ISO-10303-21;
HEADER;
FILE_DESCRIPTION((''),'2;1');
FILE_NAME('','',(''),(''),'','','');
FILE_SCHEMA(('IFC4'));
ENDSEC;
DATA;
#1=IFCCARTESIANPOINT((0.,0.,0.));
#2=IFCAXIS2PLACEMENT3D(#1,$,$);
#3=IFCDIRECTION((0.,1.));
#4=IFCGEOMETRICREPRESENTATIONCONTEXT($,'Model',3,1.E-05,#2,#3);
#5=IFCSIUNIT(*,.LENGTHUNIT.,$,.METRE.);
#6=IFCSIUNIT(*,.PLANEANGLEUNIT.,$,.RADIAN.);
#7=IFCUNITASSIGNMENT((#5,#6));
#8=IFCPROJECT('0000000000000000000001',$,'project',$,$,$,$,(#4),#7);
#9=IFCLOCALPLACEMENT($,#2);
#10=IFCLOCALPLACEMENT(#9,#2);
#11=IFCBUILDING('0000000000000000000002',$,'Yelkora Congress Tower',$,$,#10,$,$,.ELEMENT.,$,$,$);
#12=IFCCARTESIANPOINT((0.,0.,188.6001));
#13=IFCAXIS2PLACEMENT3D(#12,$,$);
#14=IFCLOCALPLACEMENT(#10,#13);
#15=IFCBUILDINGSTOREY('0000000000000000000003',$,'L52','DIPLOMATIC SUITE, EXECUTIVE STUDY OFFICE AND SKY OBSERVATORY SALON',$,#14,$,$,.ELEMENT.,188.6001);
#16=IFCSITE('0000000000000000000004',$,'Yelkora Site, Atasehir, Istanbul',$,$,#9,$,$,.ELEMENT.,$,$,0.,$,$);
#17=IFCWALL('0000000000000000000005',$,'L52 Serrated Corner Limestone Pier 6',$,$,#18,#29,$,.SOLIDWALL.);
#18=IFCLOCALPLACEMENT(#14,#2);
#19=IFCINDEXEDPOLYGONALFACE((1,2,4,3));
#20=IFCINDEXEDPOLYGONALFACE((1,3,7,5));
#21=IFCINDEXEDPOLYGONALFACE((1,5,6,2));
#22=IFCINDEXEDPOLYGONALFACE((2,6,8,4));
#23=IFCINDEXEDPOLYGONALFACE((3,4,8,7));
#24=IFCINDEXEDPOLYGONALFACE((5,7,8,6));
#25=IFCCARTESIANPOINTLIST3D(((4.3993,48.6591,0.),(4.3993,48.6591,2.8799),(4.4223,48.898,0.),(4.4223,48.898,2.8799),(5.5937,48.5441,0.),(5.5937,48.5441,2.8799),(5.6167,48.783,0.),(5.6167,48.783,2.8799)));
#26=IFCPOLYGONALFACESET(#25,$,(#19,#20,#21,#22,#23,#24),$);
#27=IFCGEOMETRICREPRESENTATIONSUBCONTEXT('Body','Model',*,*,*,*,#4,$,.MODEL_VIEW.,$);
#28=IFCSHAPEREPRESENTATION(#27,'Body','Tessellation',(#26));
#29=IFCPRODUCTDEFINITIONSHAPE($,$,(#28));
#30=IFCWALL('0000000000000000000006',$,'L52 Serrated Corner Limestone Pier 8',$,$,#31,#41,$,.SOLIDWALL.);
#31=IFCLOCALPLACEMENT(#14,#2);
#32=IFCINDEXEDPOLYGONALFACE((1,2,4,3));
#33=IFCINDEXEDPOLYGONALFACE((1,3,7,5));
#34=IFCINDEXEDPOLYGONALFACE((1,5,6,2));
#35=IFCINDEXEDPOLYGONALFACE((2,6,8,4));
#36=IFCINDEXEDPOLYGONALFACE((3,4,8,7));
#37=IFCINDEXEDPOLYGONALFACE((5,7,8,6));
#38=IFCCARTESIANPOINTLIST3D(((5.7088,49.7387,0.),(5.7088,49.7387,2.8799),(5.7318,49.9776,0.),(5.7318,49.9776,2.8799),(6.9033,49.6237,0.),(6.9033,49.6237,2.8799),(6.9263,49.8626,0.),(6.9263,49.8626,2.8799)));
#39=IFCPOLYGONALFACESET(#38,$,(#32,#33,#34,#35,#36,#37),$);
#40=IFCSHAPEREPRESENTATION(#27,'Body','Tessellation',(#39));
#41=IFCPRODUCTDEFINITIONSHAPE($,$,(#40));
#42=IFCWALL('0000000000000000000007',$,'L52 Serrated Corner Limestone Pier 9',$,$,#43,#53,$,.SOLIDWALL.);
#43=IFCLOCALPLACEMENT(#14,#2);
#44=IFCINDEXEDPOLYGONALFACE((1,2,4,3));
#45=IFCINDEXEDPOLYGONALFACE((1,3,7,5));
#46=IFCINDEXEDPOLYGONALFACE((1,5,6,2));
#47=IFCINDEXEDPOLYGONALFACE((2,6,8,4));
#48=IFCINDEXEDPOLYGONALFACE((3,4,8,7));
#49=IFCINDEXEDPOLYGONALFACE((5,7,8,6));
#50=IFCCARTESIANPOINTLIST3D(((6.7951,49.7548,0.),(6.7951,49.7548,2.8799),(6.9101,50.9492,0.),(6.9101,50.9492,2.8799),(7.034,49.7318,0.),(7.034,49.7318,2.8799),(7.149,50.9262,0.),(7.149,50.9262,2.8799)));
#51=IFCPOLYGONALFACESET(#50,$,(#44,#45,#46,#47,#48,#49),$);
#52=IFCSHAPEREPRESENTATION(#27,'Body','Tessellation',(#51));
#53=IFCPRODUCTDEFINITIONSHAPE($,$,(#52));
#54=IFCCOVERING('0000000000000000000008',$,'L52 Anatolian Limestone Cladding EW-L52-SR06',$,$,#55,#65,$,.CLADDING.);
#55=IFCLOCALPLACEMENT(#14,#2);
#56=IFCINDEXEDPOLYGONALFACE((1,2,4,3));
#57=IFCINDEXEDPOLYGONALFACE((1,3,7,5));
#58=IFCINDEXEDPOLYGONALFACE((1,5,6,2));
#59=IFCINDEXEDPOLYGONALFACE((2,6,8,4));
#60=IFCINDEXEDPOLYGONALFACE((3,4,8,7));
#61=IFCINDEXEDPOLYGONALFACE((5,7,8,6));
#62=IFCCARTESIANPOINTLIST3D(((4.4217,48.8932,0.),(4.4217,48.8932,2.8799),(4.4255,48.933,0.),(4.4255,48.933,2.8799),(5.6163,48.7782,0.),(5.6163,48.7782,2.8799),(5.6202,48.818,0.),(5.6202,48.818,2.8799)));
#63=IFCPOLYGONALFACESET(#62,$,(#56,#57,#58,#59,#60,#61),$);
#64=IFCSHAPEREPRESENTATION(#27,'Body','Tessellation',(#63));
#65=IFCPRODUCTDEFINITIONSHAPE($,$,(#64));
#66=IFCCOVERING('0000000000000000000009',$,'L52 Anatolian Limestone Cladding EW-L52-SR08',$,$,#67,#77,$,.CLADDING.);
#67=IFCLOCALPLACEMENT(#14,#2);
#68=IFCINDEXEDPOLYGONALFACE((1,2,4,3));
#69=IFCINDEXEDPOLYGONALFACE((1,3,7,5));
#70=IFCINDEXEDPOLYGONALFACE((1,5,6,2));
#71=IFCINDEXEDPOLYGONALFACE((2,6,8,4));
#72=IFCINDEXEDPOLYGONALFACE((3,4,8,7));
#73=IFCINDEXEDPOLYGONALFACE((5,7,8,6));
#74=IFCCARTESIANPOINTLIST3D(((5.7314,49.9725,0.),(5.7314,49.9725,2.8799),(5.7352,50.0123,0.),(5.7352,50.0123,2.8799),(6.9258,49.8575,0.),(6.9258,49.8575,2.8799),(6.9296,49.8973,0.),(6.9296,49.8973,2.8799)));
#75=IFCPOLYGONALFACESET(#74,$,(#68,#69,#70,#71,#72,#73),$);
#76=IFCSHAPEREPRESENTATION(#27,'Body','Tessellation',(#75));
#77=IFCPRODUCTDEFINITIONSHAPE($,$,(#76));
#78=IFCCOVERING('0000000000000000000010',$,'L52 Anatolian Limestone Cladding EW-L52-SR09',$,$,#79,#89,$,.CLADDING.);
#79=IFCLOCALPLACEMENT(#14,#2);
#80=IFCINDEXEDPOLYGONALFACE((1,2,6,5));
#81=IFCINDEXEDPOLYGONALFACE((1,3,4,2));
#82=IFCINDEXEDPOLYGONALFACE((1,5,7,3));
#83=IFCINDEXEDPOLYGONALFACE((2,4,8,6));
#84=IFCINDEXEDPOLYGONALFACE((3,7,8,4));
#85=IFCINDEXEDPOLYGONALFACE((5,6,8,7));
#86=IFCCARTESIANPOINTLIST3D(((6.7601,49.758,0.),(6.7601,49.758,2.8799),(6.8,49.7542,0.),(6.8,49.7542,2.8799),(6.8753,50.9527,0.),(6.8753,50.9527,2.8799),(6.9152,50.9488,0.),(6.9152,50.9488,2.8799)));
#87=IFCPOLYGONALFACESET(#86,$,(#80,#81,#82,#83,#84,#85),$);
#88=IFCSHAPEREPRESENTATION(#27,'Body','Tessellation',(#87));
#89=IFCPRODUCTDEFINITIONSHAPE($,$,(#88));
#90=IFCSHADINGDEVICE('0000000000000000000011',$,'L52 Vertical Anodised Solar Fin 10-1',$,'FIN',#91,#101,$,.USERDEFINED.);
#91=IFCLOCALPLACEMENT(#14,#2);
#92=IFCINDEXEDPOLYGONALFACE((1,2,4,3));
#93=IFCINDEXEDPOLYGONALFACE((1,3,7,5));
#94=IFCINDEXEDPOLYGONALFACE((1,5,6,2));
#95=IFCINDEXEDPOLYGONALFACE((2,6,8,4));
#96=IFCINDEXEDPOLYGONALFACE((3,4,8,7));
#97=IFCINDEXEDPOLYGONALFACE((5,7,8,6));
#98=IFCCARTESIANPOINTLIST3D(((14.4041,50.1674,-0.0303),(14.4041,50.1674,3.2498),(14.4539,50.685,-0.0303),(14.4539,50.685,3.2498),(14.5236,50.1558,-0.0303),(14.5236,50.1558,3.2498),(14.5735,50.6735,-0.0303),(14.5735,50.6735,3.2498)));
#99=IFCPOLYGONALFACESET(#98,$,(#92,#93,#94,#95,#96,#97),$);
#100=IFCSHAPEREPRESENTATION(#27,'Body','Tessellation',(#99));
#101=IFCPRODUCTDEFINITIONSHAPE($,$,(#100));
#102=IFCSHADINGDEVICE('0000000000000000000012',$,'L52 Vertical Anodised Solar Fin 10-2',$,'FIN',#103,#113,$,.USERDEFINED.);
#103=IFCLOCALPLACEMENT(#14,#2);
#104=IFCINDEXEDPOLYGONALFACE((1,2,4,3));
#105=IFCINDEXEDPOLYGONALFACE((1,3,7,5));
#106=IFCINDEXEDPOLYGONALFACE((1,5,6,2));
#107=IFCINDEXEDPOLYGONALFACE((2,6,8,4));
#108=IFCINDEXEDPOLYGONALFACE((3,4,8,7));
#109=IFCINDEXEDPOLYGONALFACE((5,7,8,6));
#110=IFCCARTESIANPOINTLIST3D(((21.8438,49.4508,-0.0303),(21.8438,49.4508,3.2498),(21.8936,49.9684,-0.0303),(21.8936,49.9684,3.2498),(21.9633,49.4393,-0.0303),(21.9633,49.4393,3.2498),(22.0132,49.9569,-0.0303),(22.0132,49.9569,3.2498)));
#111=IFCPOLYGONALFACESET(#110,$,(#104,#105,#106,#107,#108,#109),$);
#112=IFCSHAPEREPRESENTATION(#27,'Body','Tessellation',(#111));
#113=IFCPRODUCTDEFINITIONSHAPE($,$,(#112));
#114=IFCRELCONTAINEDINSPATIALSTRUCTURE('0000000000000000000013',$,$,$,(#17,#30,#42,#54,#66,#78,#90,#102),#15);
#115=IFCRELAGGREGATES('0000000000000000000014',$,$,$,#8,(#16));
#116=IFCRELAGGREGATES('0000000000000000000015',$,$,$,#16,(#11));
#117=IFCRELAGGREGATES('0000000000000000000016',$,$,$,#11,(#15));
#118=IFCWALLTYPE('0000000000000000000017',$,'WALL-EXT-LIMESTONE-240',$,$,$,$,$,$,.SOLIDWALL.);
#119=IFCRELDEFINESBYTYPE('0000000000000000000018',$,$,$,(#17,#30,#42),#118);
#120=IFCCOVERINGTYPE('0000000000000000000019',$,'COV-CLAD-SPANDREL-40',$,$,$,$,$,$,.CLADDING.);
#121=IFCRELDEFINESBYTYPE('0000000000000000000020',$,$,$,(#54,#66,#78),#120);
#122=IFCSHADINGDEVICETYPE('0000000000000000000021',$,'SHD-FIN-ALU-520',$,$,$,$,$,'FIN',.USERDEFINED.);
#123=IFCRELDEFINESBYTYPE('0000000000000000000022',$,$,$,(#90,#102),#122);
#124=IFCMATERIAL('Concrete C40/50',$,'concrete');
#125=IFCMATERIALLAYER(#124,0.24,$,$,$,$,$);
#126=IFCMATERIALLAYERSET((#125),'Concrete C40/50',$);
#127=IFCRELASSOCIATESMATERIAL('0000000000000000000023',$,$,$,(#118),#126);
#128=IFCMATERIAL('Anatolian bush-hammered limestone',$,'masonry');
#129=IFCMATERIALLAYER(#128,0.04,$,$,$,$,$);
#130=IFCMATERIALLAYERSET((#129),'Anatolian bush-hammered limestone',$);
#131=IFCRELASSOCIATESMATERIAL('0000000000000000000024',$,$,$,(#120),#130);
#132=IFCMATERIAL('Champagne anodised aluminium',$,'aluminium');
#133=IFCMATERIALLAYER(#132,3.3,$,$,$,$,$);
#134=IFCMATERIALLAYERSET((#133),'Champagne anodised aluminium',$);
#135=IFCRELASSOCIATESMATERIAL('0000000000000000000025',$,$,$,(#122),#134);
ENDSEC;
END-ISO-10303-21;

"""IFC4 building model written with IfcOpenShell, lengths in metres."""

from ifc_helpers import new_model, si_unit, direction, frame, frame_2d, origin, origin_2d, place, context, subcontext, project, spatial, rectangle, extrude, material, layer, layer_set, type_object, element, save


model = new_model("IFC4")

# Units and contexts
model_context = context("Model", 3, precision=1e-05, world=origin(), true_north=direction((0.0, 1.0)))
body_context = subcontext(model_context, "Body", "Model", "MODEL_VIEW")
ifc_project = project(units=[si_unit("LENGTHUNIT", "METRE"), si_unit("PLANEANGLEUNIT", "RADIAN")], contexts=[model_context])

# Site, building, storey
site_placement = place(None, origin())
site = spatial("IfcSite", under=ifc_project, at=site_placement, Name="Yelkora Site, Atasehir, Istanbul", CompositionType="ELEMENT", RefElevation=0.0)
building_placement = place(site_placement, origin())
building = spatial("IfcBuilding", under=site, at=building_placement, Name="Yelkora Congress Tower", CompositionType="ELEMENT")
storey_placement = place(building_placement, frame((0.0, 0.0, 188.6001)))
storey = spatial("IfcBuildingStorey", under=building, at=storey_placement, Name="L52", Description="DIPLOMATIC SUITE, EXECUTIVE STUDY OFFICE AND SKY OBSERVATORY SALON", CompositionType="ELEMENT", Elevation=188.6001)

# Walls
ifc_material_1 = material(Name="Concrete C40/50", Category="concrete")
ifc_layer_1 = layer(ifc_material_1, 0.24)
ifc_layer_set_1 = layer_set([ifc_layer_1], Name="Concrete C40/50")
wall_type = type_object("IfcWallType", Name="WALL-EXT-LIMESTONE-240", PredefinedType="SOLIDWALL", material=ifc_layer_set_1)
for number, where, z_axis, x_axis, name in (
    (1, (4.4106, 48.7786, 0.0), (0.0, 0.0, 1.0), (0.995397, -0.095836, 0.0), "L52 Serrated Corner Limestone Pier 6"),
    (2, (5.7202, 49.8582, 0.0), (0.0, 0.0, 1.0), (0.995397, -0.095836, 0.0), "L52 Serrated Corner Limestone Pier 8"),
    (3, (6.9146, 49.7432, 0.0), (0.0, 0.0, 1.0), (0.095836, 0.995397, 0.0), "L52 Serrated Corner Limestone Pier 9"),
):
    element("IfcWall", number, at=place(storey_placement, frame(where, z_axis=z_axis, x_axis=x_axis)), inside=storey, type_object=wall_type, Name=name, PredefinedType="SOLIDWALL", context=body_context, shape_type="SweptSolid", body=[
        extrude(rectangle(XDim=1.2, YDim=0.24, at=frame_2d((0.6001, 0.0))), origin(), (0.0, 0.0, 1.0), 2.8799),
    ])

# Coverings
ifc_material_2 = material(Name="Anatolian bush-hammered limestone", Category="masonry")
ifc_layer_2 = layer(ifc_material_2, 0.04)
ifc_layer_set_2 = layer_set([ifc_layer_2], Name="Anatolian bush-hammered limestone")
covering_type = type_object("IfcCoveringType", Name="COV-CLAD-SPANDREL-40", PredefinedType="CLADDING", material=ifc_layer_set_2)
covering_1_placement = place(storey_placement, frame((4.4236, 48.9131, 0.0), z_axis=(0.0, 0.0, 1.0), x_axis=(0.995399, -0.095817, 0.0)))
element("IfcCovering", 4, at=covering_1_placement, inside=storey, type_object=covering_type, Name="L52 Anatolian Limestone Cladding EW-L52-SR06", PredefinedType="CLADDING", context=body_context, shape_type="SweptSolid", body=[
    extrude(rectangle(XDim=1.2002, YDim=0.04, at=frame_2d((0.6001, 0.0))), origin(), (0.0, 0.0, 1.0), 2.8799),
])
covering_2_placement = place(storey_placement, frame((5.7332, 49.9924, 0.0), z_axis=(0.0, 0.0, 1.0), x_axis=(0.995397, -0.095836, 0.0)))
element("IfcCovering", 5, at=covering_2_placement, inside=storey, type_object=covering_type, Name="L52 Anatolian Limestone Cladding EW-L52-SR08", PredefinedType="CLADDING", context=body_context, shape_type="SweptSolid", body=[
    extrude(rectangle(XDim=1.2, YDim=0.04, at=frame_2d((0.6001, 0.0))), origin(), (0.0, 0.0, 1.0), 2.8799),
])
covering_3_placement = place(storey_placement, frame((6.78, 49.7561, 0.0), z_axis=(0.0, 0.0, 1.0), x_axis=(0.096019, 0.99538, 0.0)))
element("IfcCovering", 6, at=covering_3_placement, inside=storey, type_object=covering_type, Name="L52 Anatolian Limestone Cladding EW-L52-SR09", PredefinedType="CLADDING", context=body_context, shape_type="SweptSolid", body=[
    extrude(rectangle(XDim=1.2002, YDim=0.04, at=frame_2d((0.6001, 0.0))), origin(), (0.0, 0.0, 1.0), 2.8799),
])

# Shading devices
ifc_material_3 = material(Name="Champagne anodised aluminium", Category="aluminium")
ifc_layer_3 = layer(ifc_material_3, 3.3)
ifc_layer_set_3 = layer_set([ifc_layer_3], Name="Champagne anodised aluminium")
shading_device_type = type_object("IfcShadingDeviceType", Name="SHD-FIN-ALU-520", ElementType="FIN", PredefinedType="USERDEFINED", material=ifc_layer_set_3)
for number, where, z_axis, x_axis, name in (
    (7, (14.4888, 50.4204, -0.0303), (0.0, 0.0, 1.0), (0.995396, -0.095846, 0.0), "L52 Vertical Anodised Solar Fin 10-1"),
    (8, (21.9285, 49.7039, -0.0303), (0.0, 0.0, 1.0), (0.995396, -0.095846, 0.0), "L52 Vertical Anodised Solar Fin 10-2"),
):
    element("IfcShadingDevice", number, at=place(storey_placement, frame(where, z_axis=z_axis, x_axis=x_axis)), inside=storey, type_object=shading_device_type, Name=name, ObjectType="FIN", PredefinedType="USERDEFINED", context=body_context, shape_type="SweptSolid", body=[
        extrude(rectangle(XDim=0.1201, YDim=0.52, at=origin_2d()), origin(), (0.0, 0.0, 1.0), 3.28),
    ])

save(model, "model.ifc")
